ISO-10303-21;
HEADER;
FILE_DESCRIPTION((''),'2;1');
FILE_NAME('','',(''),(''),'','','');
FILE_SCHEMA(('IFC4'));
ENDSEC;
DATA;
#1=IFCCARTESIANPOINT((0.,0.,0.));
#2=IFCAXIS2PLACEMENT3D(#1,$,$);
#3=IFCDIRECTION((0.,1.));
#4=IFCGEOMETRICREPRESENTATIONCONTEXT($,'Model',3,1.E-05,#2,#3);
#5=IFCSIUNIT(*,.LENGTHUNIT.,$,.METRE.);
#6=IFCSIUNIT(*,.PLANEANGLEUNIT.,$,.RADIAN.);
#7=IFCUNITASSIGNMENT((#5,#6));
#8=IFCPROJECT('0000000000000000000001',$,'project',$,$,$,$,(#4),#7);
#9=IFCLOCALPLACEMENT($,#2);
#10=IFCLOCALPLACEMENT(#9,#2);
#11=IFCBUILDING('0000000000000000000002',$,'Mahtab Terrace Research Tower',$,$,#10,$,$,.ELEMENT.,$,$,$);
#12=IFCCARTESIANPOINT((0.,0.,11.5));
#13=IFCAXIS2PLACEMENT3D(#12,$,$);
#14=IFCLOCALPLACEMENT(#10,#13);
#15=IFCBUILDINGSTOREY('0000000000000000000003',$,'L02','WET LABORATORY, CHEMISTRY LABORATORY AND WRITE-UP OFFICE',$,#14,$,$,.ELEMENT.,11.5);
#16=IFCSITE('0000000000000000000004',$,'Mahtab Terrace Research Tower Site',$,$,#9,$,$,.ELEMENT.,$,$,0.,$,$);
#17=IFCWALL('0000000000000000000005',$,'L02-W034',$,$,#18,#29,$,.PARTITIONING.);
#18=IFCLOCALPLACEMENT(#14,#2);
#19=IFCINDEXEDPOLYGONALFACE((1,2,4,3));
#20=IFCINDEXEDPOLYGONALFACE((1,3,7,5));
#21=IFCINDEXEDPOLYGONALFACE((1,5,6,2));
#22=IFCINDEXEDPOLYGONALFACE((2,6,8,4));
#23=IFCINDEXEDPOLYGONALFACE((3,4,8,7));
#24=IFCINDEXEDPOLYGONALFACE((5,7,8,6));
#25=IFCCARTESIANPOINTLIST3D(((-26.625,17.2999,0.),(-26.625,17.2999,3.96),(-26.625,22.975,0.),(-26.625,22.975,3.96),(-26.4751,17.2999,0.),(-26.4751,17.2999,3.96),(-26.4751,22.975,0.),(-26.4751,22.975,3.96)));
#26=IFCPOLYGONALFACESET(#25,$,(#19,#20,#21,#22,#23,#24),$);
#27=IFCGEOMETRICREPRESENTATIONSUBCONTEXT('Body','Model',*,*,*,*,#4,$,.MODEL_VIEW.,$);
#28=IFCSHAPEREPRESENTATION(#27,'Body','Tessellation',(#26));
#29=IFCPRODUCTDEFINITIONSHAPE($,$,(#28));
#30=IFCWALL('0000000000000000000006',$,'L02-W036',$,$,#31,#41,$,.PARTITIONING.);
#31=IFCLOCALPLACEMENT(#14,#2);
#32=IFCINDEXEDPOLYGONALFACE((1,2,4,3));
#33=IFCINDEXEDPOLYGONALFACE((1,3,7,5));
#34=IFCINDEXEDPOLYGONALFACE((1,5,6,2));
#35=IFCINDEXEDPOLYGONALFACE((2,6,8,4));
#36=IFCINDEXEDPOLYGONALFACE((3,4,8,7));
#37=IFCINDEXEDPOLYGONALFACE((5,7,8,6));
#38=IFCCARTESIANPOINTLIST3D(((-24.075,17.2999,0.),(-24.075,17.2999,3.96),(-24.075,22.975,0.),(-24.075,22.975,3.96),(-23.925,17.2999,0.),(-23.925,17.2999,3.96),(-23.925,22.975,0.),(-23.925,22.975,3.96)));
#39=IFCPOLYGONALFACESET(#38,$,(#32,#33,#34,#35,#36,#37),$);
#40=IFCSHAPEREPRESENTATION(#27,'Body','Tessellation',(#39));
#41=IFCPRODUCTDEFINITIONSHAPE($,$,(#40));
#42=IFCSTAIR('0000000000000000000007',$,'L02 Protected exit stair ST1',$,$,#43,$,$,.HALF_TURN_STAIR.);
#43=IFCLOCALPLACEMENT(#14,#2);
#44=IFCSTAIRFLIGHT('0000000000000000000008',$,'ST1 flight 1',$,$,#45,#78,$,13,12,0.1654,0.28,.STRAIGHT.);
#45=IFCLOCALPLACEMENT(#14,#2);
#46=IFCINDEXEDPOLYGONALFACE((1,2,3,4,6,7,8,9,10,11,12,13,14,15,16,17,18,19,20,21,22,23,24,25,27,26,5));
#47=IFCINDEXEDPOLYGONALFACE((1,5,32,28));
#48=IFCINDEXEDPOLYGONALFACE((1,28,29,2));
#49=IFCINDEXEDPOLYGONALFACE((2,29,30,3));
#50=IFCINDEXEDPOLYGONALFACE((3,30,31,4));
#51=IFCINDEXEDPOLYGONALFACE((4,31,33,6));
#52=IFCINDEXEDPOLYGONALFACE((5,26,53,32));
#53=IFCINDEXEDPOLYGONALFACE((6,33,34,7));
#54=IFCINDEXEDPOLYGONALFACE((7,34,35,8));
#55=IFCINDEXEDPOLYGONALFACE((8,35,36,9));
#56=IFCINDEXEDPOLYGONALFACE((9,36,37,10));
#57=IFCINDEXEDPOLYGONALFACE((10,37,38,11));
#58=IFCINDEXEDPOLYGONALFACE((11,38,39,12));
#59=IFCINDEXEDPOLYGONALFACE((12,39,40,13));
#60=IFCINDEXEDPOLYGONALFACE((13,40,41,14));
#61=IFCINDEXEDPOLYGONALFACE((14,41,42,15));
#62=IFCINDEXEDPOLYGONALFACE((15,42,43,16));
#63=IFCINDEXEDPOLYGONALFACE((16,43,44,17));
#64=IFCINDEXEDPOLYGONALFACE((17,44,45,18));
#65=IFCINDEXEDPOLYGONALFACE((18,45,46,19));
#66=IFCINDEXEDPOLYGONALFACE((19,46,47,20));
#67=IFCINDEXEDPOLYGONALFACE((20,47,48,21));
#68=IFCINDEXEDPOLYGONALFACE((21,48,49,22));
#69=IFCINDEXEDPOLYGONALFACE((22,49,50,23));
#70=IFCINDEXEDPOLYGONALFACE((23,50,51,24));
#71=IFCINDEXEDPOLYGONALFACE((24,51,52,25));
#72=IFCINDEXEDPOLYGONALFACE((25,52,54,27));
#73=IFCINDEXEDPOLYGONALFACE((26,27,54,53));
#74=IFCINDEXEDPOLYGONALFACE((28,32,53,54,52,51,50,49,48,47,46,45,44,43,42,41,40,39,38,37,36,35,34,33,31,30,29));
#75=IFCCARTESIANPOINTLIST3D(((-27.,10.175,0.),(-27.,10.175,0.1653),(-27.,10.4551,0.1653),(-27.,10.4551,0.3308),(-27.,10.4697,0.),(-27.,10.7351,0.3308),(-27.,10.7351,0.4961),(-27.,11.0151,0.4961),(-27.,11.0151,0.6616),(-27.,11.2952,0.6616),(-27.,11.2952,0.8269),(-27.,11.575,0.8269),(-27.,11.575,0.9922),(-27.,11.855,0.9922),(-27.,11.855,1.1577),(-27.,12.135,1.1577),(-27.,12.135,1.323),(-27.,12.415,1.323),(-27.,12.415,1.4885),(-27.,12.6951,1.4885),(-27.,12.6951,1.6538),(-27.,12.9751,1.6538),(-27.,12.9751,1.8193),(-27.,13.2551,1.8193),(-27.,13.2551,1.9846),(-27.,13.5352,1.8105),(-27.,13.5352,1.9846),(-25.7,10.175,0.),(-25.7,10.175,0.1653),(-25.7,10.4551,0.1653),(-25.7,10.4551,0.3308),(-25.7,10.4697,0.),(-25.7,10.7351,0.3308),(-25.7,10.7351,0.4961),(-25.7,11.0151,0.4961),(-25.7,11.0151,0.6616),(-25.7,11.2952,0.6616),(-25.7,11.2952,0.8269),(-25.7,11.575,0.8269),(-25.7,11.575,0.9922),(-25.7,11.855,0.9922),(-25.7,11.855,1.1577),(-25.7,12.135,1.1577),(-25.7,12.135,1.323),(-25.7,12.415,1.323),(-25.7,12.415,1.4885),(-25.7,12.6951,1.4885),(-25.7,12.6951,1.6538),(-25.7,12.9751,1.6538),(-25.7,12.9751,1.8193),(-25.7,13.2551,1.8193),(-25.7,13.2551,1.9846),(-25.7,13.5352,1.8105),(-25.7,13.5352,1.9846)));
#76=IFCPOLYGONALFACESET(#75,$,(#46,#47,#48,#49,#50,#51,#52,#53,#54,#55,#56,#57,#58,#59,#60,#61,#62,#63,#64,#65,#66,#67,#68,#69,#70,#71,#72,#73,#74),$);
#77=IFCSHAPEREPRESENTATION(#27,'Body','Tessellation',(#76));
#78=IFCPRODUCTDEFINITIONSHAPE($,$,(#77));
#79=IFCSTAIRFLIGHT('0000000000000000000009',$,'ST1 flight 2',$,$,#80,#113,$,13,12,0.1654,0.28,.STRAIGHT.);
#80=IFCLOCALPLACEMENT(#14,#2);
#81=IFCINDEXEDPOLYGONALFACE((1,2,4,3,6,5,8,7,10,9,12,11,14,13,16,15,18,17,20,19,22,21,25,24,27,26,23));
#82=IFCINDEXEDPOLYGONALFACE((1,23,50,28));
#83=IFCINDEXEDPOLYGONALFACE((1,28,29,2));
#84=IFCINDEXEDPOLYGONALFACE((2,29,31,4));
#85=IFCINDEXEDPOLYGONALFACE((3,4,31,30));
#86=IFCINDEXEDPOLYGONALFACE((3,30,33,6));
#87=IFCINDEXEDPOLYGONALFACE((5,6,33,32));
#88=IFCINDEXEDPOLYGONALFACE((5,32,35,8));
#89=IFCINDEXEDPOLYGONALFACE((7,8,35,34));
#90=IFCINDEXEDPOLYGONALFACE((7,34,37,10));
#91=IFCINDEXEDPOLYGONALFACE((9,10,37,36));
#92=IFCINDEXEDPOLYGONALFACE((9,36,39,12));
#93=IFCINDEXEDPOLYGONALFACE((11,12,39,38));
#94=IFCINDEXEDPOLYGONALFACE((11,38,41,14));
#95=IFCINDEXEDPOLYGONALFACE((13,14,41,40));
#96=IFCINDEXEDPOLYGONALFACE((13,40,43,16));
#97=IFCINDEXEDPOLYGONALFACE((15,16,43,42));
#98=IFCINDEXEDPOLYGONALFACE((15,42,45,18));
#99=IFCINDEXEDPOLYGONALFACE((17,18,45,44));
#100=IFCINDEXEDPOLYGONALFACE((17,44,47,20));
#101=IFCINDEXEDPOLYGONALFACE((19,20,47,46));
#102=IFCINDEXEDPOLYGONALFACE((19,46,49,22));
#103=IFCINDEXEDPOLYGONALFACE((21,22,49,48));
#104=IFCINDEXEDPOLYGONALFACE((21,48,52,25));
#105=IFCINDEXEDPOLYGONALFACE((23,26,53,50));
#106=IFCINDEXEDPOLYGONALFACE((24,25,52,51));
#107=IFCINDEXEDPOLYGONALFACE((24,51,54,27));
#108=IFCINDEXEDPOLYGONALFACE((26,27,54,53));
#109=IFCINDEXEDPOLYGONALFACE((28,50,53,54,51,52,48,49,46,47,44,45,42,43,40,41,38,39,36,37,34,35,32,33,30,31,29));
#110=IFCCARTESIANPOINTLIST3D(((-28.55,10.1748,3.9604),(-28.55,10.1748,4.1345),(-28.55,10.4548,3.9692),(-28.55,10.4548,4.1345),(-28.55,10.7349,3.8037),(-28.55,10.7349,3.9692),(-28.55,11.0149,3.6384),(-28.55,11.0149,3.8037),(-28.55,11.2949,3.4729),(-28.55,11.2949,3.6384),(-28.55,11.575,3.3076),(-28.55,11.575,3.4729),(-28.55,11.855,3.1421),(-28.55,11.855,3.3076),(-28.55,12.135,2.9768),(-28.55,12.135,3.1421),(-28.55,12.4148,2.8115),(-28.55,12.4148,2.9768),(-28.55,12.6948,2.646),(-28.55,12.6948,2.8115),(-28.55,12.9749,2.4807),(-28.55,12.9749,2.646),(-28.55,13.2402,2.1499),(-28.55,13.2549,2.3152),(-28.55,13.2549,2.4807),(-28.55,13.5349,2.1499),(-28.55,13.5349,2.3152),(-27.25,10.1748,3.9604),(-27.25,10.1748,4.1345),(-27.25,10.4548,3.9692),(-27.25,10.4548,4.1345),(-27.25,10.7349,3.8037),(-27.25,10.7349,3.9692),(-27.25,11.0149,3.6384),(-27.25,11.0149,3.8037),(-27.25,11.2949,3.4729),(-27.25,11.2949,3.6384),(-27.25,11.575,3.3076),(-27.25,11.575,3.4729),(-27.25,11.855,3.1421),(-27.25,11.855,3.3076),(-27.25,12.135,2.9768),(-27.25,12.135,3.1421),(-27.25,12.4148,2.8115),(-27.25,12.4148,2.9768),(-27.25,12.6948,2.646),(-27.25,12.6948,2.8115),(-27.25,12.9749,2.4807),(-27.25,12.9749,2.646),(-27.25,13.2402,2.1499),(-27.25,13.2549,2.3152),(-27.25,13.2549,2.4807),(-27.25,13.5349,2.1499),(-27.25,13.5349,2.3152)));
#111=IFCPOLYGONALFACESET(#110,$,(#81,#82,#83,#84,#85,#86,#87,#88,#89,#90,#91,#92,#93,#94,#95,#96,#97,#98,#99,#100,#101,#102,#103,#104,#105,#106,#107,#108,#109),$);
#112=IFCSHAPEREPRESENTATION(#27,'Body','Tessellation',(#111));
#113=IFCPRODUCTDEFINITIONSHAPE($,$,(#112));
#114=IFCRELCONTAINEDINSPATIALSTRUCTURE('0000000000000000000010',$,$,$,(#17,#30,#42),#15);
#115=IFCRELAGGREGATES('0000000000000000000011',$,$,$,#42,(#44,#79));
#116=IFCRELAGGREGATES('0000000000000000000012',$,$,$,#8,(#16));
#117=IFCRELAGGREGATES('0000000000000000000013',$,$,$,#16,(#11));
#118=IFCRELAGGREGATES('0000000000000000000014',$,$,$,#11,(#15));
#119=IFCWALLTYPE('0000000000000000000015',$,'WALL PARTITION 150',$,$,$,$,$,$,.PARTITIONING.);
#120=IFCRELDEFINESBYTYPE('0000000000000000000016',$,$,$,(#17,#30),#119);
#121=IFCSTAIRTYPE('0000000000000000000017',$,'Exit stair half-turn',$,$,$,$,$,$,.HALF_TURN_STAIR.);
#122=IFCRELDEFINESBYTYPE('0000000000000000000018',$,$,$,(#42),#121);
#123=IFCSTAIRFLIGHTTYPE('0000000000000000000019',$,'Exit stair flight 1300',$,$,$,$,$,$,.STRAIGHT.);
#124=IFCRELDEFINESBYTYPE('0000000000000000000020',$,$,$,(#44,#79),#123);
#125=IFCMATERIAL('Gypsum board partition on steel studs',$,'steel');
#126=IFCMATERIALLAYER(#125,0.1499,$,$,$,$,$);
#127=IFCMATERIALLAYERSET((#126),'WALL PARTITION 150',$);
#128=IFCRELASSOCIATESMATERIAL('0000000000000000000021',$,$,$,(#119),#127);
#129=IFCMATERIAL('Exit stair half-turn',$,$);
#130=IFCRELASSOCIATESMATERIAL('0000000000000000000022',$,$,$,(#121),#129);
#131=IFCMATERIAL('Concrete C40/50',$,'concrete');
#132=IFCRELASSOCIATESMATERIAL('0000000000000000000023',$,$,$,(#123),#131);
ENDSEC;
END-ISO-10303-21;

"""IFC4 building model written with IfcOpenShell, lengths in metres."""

from ifc_helpers import new_model, si_unit, direction, frame, frame_2d, origin, place, context, subcontext, project, spatial, polyline, rectangle, outline, extrude, material, layer, layer_set, type_object, element, aggregate, save


model = new_model("IFC4")

# Units and contexts
model_context = context("Model", 3, precision=1e-05, world=origin(), true_north=direction((0.0, 1.0)))
body_context = subcontext(model_context, "Body", "Model", "MODEL_VIEW")
ifc_project = project(units=[si_unit("LENGTHUNIT", "METRE"), si_unit("PLANEANGLEUNIT", "RADIAN")], contexts=[model_context])

# Site, building, storey
site_placement = place(None, origin())
site = spatial("IfcSite", under=ifc_project, at=site_placement, Name="Mahtab Terrace Research Tower Site", CompositionType="ELEMENT", RefElevation=0.0)
building_placement = place(site_placement, origin())
building = spatial("IfcBuilding", under=site, at=building_placement, Name="Mahtab Terrace Research Tower", CompositionType="ELEMENT")
storey_placement = place(building_placement, frame((0.0, 0.0, 11.5)))
storey = spatial("IfcBuildingStorey", under=building, at=storey_placement, Name="L02", Description="WET LABORATORY, CHEMISTRY LABORATORY AND WRITE-UP OFFICE", CompositionType="ELEMENT", Elevation=11.5)

# Walls
ifc_material_1 = material(Name="Gypsum board partition on steel studs", Category="steel")
ifc_layer_1 = layer(ifc_material_1, 0.1499)
ifc_layer_set_1 = layer_set([ifc_layer_1], Name="WALL PARTITION 150")
wall_type_1 = type_object("IfcWallType", Name="WALL PARTITION 150", PredefinedType="PARTITIONING", material=ifc_layer_set_1)
for number, where, z_axis, x_axis, name in (
    (1, (-26.55, 17.3, 0.0), (0.0, 0.0, 1.0), (0.0, 1.0, 0.0), "L02-W034"),
    (2, (-24.0, 17.3, 0.0), (0.0, 0.0, 1.0), (0.0, 1.0, 0.0), "L02-W036"),
):
    element("IfcWall", number, at=place(storey_placement, frame(where, z_axis=z_axis, x_axis=x_axis)), inside=storey, type_object=wall_type_1, Name=name, PredefinedType="PARTITIONING", context=body_context, shape_type="SweptSolid", body=[
        extrude(rectangle(XDim=5.675, YDim=0.1499, at=frame_2d((2.8374, 0.0))), origin(), (0.0, 0.0, 1.0), 3.96),
    ])

# Stair, stair flights
ifc_material_2 = material(Name="Exit stair half-turn")
stair_type = type_object("IfcStairType", Name="Exit stair half-turn", PredefinedType="HALF_TURN_STAIR", material=ifc_material_2)
stair_placement = place(storey_placement, origin())
stair = element("IfcStair", 3, at=stair_placement, inside=storey, type_object=stair_type, Name="L02 Protected exit stair ST1", PredefinedType="HALF_TURN_STAIR")
ifc_material_3 = material(Name="Concrete C40/50", Category="concrete")
stair_flight_type = type_object("IfcStairFlightType", Name="Exit stair flight 1300", PredefinedType="STRAIGHT", material=ifc_material_3)
stair_flight_1_placement = place(storey_placement, frame((-26.3501, 10.175, 0.0), z_axis=(0.0, 0.0, 1.0), x_axis=(0.0, 1.0, 0.0)))
stair_flight_1 = element("IfcStairFlight", 4, at=stair_flight_1_placement, type_object=stair_flight_type, Name="ST1 flight 1", NumberOfRisers=13, NumberOfTreads=12, PredefinedType="STRAIGHT", RiserHeight=0.1654, TreadLength=0.28, context=body_context, shape_type="SweptSolid", body=[
    extrude(outline(polyline([(0.0, 0.0), (0.0, 0.1653), (0.28, 0.1653), (0.28, 0.3308), (0.5601, 0.3308), (0.5601, 0.4961), (0.8401, 0.4961), (0.8401, 0.6616), (1.1201, 0.6616), (1.1201, 0.8269), (1.3999, 0.8269), (1.3999, 0.9922), (1.6799, 0.9922), (1.6799, 1.1577), (1.96, 1.1577), (1.96, 1.323), (2.24, 1.323), (2.24, 1.4885), (2.52, 1.4885), (2.52, 1.6538), (2.8, 1.6538), (2.8, 1.8193), (3.0801, 1.8193), (3.0801, 1.9846), (3.3601, 1.9846), (3.3601, 2.1499), (3.3601, 1.8105), (0.2947, 0.0), (0.0, 0.0)])), frame((0.0, 0.6499, 0.0), z_axis=(0.0, -1.0, 0.0), x_axis=(1.0, 0.0, 0.0)), (0.0, 0.0, 1.0), 1.3),
])
stair_flight_2_placement = place(storey_placement, frame((-27.8999, 13.5349, 2.1499), z_axis=(0.0, 0.0, 1.0), x_axis=(0.0, -1.0, 0.0)))
stair_flight_2 = element("IfcStairFlight", 5, at=stair_flight_2_placement, type_object=stair_flight_type, Name="ST1 flight 2", NumberOfRisers=13, NumberOfTreads=12, PredefinedType="STRAIGHT", RiserHeight=0.1654, TreadLength=0.28, context=body_context, shape_type="SweptSolid", body=[
    extrude(outline(polyline([(0.0, 0.0), (0.0, 0.1653), (0.28, 0.1653), (0.28, 0.3308), (0.5601, 0.3308), (0.5601, 0.4961), (0.8401, 0.4961), (0.8401, 0.6616), (1.1201, 0.6616), (1.1201, 0.8269), (1.3999, 0.8269), (1.3999, 0.9922), (1.6799, 0.9922), (1.6799, 1.1577), (1.96, 1.1577), (1.96, 1.323), (2.24, 1.323), (2.24, 1.4885), (2.52, 1.4885), (2.52, 1.6538), (2.8, 1.6538), (2.8, 1.8193), (3.0801, 1.8193), (3.0801, 1.9846), (3.3601, 1.9846), (3.3601, 2.1499), (3.3601, 1.8105), (0.2947, 0.0), (0.0, 0.0)])), frame((0.0, 0.6499, 0.0), z_axis=(0.0, -1.0, 0.0), x_axis=(1.0, 0.0, 0.0)), (0.0, 0.0, 1.0), 1.3),
])
aggregate(stair, [stair_flight_1, stair_flight_2])

save(model, "model.ifc")
